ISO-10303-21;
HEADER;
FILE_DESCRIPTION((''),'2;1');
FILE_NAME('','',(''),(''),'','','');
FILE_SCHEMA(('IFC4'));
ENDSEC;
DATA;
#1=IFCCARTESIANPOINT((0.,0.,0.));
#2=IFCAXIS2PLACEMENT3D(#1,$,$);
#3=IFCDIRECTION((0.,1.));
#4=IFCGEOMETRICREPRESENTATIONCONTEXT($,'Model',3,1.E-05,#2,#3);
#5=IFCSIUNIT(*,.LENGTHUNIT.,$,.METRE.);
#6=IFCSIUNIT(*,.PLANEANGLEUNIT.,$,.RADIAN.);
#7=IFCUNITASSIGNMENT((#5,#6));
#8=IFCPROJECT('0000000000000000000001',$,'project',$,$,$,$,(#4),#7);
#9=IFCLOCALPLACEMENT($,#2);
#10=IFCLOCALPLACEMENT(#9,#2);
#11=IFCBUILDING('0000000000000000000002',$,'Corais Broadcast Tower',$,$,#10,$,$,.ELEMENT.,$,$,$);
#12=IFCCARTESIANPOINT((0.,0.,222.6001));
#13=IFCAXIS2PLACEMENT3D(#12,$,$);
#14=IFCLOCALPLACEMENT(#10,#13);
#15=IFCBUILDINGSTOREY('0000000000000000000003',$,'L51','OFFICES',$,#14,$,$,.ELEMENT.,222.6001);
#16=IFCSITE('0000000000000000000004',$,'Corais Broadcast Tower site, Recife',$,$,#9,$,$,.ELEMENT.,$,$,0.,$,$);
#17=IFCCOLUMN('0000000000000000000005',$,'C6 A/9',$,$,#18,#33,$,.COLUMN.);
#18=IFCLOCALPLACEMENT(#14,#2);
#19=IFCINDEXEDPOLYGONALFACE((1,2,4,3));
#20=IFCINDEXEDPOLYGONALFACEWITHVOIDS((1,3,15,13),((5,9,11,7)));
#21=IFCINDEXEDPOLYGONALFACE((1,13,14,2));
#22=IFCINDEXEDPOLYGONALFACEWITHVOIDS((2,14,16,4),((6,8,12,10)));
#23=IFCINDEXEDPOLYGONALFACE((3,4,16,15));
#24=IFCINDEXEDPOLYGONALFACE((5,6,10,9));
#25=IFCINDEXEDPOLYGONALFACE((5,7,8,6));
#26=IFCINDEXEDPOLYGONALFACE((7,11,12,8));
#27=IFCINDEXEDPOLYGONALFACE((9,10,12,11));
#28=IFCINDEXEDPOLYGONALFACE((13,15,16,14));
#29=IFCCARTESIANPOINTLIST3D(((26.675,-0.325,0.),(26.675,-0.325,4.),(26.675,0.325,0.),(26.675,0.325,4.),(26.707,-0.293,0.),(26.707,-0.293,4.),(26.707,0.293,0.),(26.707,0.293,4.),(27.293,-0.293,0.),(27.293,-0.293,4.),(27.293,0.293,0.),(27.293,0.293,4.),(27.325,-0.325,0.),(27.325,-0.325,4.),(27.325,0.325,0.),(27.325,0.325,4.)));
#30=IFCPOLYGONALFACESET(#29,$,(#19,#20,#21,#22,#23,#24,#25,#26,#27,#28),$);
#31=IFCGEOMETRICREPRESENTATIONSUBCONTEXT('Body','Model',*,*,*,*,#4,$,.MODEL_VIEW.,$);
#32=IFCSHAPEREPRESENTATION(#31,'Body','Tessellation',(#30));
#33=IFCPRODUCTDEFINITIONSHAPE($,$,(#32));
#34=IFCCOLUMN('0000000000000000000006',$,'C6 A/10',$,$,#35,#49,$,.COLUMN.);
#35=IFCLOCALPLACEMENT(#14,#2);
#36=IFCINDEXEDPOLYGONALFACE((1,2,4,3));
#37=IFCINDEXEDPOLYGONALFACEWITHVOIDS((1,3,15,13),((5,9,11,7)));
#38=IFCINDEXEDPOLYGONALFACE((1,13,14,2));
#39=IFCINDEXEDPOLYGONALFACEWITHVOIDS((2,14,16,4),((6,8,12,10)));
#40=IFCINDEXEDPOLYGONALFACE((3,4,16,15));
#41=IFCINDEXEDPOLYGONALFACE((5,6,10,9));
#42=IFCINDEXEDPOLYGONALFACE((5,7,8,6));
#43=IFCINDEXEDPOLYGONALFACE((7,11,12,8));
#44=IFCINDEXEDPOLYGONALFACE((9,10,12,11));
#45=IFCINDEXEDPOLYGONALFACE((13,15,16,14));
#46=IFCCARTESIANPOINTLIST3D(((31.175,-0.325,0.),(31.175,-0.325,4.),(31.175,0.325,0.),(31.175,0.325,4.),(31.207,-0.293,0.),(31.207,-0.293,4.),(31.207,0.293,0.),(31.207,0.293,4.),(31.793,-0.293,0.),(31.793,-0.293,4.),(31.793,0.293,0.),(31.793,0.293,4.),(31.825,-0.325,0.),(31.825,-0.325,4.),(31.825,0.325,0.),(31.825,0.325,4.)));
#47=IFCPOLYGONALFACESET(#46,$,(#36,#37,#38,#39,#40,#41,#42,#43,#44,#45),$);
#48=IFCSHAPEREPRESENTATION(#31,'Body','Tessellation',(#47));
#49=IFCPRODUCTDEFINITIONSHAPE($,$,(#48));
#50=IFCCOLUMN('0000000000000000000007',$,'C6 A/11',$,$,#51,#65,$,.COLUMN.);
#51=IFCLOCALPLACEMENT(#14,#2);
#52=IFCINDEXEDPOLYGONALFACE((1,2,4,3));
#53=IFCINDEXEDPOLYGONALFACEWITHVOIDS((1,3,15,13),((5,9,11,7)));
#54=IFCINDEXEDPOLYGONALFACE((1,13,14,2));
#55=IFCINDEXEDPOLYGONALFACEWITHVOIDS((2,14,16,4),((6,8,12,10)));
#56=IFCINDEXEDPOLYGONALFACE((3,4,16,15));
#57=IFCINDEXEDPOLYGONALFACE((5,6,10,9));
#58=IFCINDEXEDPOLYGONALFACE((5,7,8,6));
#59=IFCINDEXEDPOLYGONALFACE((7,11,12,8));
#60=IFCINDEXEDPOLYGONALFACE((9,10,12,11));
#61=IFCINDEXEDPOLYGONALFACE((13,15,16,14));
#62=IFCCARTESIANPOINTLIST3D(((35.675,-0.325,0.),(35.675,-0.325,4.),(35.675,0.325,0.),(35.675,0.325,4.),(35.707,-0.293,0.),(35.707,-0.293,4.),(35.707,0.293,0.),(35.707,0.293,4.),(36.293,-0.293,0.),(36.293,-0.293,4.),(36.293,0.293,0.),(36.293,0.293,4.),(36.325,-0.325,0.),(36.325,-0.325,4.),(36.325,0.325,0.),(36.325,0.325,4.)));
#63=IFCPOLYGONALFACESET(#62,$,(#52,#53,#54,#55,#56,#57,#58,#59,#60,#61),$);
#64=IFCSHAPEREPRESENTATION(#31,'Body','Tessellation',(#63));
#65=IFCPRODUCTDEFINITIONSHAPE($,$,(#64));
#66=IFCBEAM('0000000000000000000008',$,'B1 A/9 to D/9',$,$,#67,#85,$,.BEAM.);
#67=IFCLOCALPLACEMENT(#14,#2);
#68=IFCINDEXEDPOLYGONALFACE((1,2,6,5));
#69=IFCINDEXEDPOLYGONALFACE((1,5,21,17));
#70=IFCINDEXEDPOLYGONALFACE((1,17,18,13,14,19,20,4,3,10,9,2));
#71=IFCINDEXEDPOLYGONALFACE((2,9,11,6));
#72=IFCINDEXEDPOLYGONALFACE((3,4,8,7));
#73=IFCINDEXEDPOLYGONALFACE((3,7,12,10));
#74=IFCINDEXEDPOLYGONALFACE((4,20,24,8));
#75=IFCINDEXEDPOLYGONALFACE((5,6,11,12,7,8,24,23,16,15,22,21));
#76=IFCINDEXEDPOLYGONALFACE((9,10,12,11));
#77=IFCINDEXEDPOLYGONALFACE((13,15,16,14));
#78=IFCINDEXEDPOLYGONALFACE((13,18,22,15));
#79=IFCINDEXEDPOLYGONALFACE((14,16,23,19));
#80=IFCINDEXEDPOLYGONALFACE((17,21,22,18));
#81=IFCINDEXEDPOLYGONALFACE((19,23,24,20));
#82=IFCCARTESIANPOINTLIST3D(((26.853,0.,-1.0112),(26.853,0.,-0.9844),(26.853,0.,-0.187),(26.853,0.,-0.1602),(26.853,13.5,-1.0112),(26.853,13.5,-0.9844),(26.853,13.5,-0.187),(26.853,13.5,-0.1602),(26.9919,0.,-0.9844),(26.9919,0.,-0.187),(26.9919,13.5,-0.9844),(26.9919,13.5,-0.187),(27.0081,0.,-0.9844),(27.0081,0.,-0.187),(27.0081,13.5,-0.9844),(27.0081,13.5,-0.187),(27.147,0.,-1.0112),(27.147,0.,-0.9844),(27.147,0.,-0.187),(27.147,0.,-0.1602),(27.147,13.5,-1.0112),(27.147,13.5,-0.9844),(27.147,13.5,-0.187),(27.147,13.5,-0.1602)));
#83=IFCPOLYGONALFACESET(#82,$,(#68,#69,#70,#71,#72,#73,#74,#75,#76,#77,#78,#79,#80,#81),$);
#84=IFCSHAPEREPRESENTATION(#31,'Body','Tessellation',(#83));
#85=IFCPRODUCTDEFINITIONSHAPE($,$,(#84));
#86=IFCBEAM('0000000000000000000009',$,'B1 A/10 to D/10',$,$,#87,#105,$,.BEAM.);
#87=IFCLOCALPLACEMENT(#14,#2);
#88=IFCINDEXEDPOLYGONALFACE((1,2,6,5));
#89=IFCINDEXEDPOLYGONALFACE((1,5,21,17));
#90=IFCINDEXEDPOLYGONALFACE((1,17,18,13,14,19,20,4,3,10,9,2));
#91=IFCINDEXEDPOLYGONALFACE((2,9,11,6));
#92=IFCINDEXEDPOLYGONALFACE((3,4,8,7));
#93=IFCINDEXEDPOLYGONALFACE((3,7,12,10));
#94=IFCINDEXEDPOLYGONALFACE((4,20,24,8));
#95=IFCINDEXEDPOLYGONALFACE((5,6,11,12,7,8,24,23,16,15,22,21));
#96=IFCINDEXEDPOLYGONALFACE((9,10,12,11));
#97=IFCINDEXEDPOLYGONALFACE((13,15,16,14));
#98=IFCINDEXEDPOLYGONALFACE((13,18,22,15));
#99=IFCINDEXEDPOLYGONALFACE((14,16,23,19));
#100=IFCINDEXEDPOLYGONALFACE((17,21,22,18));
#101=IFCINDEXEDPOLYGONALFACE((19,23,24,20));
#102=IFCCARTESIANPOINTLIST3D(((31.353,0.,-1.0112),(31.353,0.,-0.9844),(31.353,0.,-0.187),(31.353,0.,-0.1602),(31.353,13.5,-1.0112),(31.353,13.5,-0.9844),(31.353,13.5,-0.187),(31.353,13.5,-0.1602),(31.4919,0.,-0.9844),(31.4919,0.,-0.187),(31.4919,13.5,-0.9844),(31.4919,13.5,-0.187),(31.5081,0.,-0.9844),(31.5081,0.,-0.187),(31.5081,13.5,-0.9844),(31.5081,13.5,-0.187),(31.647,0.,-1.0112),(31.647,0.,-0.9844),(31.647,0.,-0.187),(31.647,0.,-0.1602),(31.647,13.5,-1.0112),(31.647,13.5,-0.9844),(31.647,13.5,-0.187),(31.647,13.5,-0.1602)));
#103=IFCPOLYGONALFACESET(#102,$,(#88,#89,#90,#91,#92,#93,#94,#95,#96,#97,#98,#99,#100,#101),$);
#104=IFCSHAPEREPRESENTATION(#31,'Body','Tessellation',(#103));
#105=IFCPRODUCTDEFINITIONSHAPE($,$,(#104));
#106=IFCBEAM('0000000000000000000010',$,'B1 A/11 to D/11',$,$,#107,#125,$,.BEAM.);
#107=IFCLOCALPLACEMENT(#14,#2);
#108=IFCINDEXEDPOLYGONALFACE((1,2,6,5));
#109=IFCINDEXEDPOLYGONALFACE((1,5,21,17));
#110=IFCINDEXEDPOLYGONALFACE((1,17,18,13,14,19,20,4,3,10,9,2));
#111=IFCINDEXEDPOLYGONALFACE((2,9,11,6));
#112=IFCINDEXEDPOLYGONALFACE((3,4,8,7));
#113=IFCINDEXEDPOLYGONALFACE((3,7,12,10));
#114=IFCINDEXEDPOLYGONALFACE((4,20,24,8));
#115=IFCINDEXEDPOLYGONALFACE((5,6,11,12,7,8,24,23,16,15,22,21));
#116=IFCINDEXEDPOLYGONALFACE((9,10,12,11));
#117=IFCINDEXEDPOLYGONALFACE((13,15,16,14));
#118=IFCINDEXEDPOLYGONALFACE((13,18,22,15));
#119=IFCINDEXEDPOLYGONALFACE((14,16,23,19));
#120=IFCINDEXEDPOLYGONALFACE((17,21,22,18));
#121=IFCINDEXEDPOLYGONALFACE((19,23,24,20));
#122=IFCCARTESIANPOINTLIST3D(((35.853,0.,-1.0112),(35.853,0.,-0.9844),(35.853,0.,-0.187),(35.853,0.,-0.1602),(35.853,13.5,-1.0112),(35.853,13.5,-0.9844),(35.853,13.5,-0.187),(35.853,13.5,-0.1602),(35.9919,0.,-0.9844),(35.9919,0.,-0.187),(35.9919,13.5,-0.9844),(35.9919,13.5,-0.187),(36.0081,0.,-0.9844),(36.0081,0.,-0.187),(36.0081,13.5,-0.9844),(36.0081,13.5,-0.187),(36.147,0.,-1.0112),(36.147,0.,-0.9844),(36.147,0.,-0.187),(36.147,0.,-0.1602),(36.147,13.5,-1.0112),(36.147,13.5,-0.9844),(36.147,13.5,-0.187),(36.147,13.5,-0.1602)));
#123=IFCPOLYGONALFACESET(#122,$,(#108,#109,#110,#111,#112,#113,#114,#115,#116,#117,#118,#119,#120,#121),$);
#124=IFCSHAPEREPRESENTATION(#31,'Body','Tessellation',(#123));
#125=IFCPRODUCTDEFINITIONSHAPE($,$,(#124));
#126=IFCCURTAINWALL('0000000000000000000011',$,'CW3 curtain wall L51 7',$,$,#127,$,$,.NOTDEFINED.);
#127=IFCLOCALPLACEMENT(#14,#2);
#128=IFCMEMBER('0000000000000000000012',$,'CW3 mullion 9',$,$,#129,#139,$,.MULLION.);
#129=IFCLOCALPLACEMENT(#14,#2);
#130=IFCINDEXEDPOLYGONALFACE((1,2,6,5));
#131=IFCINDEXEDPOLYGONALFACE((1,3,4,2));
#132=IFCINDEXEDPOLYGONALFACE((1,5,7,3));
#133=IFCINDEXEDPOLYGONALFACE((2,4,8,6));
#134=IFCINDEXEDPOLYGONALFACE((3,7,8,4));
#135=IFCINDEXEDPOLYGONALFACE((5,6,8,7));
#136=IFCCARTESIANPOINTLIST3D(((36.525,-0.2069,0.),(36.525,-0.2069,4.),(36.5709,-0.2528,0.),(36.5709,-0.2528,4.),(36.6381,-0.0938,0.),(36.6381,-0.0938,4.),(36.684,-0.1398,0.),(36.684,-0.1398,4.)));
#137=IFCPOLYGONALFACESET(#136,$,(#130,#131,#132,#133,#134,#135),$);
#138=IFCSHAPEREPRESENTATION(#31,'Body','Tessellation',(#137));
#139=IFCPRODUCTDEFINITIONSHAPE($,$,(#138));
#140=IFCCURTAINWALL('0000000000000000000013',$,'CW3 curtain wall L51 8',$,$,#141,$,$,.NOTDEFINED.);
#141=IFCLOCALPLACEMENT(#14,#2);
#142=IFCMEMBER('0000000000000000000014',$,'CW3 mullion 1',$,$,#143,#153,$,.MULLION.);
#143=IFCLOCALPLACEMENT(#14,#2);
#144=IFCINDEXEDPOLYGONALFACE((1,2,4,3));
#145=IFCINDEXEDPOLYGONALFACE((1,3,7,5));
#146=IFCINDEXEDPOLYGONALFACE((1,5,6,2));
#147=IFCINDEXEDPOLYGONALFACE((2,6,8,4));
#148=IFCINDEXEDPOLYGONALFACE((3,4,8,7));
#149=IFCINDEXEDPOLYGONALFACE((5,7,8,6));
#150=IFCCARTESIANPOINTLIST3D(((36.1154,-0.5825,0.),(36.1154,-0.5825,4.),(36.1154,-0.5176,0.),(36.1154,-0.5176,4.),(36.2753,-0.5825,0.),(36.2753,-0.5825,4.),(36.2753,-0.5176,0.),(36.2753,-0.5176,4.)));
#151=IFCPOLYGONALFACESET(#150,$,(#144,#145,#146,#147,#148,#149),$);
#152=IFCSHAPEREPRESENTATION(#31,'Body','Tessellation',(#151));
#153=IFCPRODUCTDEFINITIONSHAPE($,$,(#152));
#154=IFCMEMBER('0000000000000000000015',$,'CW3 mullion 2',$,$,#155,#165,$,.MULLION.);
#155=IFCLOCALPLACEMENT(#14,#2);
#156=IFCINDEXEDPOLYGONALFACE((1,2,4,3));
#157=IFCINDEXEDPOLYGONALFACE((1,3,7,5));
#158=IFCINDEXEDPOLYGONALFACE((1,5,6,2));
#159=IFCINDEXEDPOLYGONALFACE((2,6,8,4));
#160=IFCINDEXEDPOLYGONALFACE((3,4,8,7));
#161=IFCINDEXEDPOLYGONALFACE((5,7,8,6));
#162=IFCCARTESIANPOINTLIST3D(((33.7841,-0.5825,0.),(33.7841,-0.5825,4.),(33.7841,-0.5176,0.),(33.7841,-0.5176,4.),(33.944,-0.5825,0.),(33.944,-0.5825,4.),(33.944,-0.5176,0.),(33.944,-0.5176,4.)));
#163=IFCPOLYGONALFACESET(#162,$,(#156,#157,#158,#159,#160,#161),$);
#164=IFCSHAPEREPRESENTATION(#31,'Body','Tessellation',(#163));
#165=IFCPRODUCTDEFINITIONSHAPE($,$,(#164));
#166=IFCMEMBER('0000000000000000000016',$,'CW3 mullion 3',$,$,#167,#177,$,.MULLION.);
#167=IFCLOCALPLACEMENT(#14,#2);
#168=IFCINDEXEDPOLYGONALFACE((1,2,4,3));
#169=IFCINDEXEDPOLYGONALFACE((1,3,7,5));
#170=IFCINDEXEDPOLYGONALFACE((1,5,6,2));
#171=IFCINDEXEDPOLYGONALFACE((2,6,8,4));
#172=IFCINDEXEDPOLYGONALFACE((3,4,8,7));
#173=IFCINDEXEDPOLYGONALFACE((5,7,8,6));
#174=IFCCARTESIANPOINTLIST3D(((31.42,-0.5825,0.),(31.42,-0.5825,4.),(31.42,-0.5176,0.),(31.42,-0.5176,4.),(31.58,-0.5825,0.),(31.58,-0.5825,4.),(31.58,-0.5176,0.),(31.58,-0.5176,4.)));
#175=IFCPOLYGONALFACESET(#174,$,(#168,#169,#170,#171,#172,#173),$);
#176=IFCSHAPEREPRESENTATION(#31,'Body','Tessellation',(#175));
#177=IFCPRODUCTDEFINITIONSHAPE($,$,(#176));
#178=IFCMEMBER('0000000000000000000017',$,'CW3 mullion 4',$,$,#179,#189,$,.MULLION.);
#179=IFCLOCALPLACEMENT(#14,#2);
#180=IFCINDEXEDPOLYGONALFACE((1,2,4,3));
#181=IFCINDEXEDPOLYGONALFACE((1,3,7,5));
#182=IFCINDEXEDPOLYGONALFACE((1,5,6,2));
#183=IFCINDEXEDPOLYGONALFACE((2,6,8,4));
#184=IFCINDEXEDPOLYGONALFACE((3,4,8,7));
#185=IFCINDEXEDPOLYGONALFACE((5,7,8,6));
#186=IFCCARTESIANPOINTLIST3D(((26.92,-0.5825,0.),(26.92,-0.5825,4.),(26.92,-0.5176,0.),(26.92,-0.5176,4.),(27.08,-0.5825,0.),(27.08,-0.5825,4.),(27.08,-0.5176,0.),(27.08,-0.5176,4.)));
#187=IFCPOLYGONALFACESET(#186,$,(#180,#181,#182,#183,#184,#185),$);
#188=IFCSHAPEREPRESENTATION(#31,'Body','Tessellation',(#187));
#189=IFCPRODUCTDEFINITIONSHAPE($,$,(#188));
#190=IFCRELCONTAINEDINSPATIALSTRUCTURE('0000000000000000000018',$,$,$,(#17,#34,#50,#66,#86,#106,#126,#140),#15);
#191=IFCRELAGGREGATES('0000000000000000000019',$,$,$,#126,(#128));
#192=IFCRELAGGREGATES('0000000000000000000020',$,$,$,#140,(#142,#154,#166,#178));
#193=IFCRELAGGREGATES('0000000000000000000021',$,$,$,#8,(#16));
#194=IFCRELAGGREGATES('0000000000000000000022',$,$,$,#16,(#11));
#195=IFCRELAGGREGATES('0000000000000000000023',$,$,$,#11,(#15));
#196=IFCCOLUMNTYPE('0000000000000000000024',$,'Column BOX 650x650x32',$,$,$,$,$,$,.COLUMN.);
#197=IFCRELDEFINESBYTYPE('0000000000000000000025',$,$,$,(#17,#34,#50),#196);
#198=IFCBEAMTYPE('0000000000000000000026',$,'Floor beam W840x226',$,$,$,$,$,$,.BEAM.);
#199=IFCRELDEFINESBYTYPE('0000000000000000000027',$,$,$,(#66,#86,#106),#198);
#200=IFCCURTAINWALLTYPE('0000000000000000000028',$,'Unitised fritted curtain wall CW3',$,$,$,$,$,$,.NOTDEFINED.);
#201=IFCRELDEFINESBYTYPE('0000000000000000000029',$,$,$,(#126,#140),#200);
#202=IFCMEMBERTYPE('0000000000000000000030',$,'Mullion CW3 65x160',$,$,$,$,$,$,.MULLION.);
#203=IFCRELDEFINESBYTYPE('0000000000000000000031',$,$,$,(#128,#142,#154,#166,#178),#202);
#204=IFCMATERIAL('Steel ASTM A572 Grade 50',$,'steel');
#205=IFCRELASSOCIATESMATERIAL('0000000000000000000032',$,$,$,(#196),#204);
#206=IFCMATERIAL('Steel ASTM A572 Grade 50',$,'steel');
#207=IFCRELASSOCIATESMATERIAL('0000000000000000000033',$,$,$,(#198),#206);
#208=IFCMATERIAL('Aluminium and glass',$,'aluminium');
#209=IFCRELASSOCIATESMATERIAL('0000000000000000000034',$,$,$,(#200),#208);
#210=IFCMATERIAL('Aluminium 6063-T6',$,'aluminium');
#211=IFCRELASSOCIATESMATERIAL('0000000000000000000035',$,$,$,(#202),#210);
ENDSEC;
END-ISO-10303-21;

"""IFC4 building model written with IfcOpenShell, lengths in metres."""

from ifc_helpers import new_model, si_unit, direction, frame, origin, origin_2d, place, context, subcontext, project, spatial, rectangle, hollow_rectangle, i_section, extrude, material, material_profile, profile_set, type_object, element, aggregate, save


model = new_model("IFC4")

# Units and contexts
model_context = context("Model", 3, precision=1e-05, world=origin(), true_north=direction((0.0, 1.0)))
body_context = subcontext(model_context, "Body", "Model", "MODEL_VIEW")
ifc_project = project(units=[si_unit("LENGTHUNIT", "METRE"), si_unit("PLANEANGLEUNIT", "RADIAN")], contexts=[model_context])

# Site, building, storey
site_placement = place(None, origin())
site = spatial("IfcSite", under=ifc_project, at=site_placement, Name="Corais Broadcast Tower site, Recife", CompositionType="ELEMENT", RefElevation=0.0)
building_placement = place(site_placement, origin())
building = spatial("IfcBuilding", under=site, at=building_placement, Name="Corais Broadcast Tower", CompositionType="ELEMENT")
storey_placement = place(building_placement, frame((0.0, 0.0, 222.6001)))
storey = spatial("IfcBuildingStorey", under=building, at=storey_placement, Name="L51", Description="OFFICES", CompositionType="ELEMENT", Elevation=222.6001)

# Columns
ifc_material_1 = material(Name="Steel ASTM A572 Grade 50", Category="steel")
ifc_material_profile_1 = material_profile(ifc_material_1, hollow_rectangle(XDim=0.6499, YDim=0.6499, WallThickness=0.032, at=origin_2d()), Name="BOX 650x650x32")
ifc_profile_set_1 = profile_set([ifc_material_profile_1], Name="Steel ASTM A572 Grade 50")
column_type = type_object("IfcColumnType", Name="Column BOX 650x650x32", PredefinedType="COLUMN", material=ifc_profile_set_1)
for number, where, z_axis, x_axis, name in (
    (1, (27.0, 0.0, 0.0), (0.0, 0.0, 1.0), (1.0, 0.0, 0.0), "C6 A/9"),
    (2, (31.5, 0.0, 0.0), (0.0, 0.0, 1.0), (1.0, 0.0, 0.0), "C6 A/10"),
    (3, (36.0, 0.0, 0.0), (0.0, 0.0, 1.0), (1.0, 0.0, 0.0), "C6 A/11"),
):
    element("IfcColumn", number, at=place(storey_placement, frame(where, z_axis=z_axis, x_axis=x_axis)), inside=storey, type_object=column_type, Name=name, PredefinedType="COLUMN", context=body_context, shape_type="SweptSolid", body=[
        extrude(hollow_rectangle(XDim=0.6499, YDim=0.6499, WallThickness=0.032, at=origin_2d()), origin(), (0.0, 0.0, 1.0), 4.0),
    ])

# Beams
ifc_material_2 = material(Name="Steel ASTM A572 Grade 50", Category="steel")
ifc_material_profile_2 = material_profile(ifc_material_2, i_section(OverallWidth=0.2939, OverallDepth=0.8511, WebThickness=0.0161, FlangeThickness=0.0269, at=origin_2d()), Name="W840x226")
ifc_profile_set_2 = profile_set([ifc_material_profile_2], Name="Steel ASTM A572 Grade 50")
beam_type_1 = type_object("IfcBeamType", Name="Floor beam W840x226", PredefinedType="BEAM", material=ifc_profile_set_2)
for number, where, z_axis, x_axis, name in (
    (4, (27.0, 0.0, -0.5857), (0.0, 1.0, 0.0), (-1.0, 0.0, 0.0), "B1 A/9 to D/9"),
    (5, (31.5, 0.0, -0.5857), (0.0, 1.0, 0.0), (-1.0, 0.0, 0.0), "B1 A/10 to D/10"),
    (6, (36.0, 0.0, -0.5857), (0.0, 1.0, 0.0), (-1.0, 0.0, 0.0), "B1 A/11 to D/11"),
):
    element("IfcBeam", number, at=place(storey_placement, frame(where, z_axis=z_axis, x_axis=x_axis)), inside=storey, type_object=beam_type_1, Name=name, PredefinedType="BEAM", context=body_context, shape_type="SweptSolid", body=[
        extrude(i_section(OverallWidth=0.2939, OverallDepth=0.8511, WebThickness=0.0161, FlangeThickness=0.0269, at=origin_2d()), origin(), (0.0, 0.0, 1.0), 13.5),
    ])

# Curtain wall, member
ifc_material_3 = material(Name="Aluminium and glass", Category="aluminium")
curtain_wall_type = type_object("IfcCurtainWallType", Name="Unitised fritted curtain wall CW3", PredefinedType="NOTDEFINED", material=ifc_material_3)
curtain_wall_1_placement = place(storey_placement, origin())
curtain_wall_1 = element("IfcCurtainWall", 7, at=curtain_wall_1_placement, inside=storey, type_object=curtain_wall_type, Name="CW3 curtain wall L51 7", PredefinedType="NOTDEFINED")
ifc_material_4 = material(Name="Aluminium 6063-T6", Category="aluminium")
ifc_material_profile_3 = material_profile(ifc_material_4, rectangle(XDim=0.0649, YDim=0.1599, at=origin_2d()), Name="Mullion CW3 65x160")
ifc_profile_set_3 = profile_set([ifc_material_profile_3], Name="Aluminium 6063-T6")
member_type_1 = type_object("IfcMemberType", Name="Mullion CW3 65x160", PredefinedType="MULLION", material=ifc_profile_set_3)
member_1_placement = place(storey_placement, frame((36.6045, -0.1733, 0.0), z_axis=(0.0, 0.0, 1.0), x_axis=(0.707107, -0.707107, 0.0)))
member_1 = element("IfcMember", 8, at=member_1_placement, type_object=member_type_1, Name="CW3 mullion 9", PredefinedType="MULLION", context=body_context, shape_type="SweptSolid", body=[
    extrude(rectangle(XDim=0.0649, YDim=0.1599, at=origin_2d()), origin(), (0.0, 0.0, 1.0), 4.0),
])
aggregate(curtain_wall_1, [member_1])

# Curtain wall, members
curtain_wall_2_placement = place(storey_placement, origin())
curtain_wall_2 = element("IfcCurtainWall", 9, at=curtain_wall_2_placement, inside=storey, type_object=curtain_wall_type, Name="CW3 curtain wall L51 8", PredefinedType="NOTDEFINED")
member_2_placement = place(storey_placement, frame((36.1953, -0.55, 0.0), z_axis=(0.0, 0.0, 1.0), x_axis=(0.0, -1.0, 0.0)))
member_2 = element("IfcMember", 10, at=member_2_placement, type_object=member_type_1, Name="CW3 mullion 1", PredefinedType="MULLION", context=body_context, shape_type="SweptSolid", body=[
    extrude(rectangle(XDim=0.0649, YDim=0.1599, at=origin_2d()), origin(), (0.0, 0.0, 1.0), 4.0),
])
member_3_placement = place(storey_placement, frame((33.864, -0.55, 0.0), z_axis=(0.0, 0.0, 1.0), x_axis=(0.0, -1.0, 0.0)))
member_3 = element("IfcMember", 11, at=member_3_placement, type_object=member_type_1, Name="CW3 mullion 2", PredefinedType="MULLION", context=body_context, shape_type="SweptSolid", body=[
    extrude(rectangle(XDim=0.0649, YDim=0.1599, at=origin_2d()), origin(), (0.0, 0.0, 1.0), 4.0),
])
member_4_placement = place(storey_placement, frame((31.5, -0.55, 0.0), z_axis=(0.0, 0.0, 1.0), x_axis=(0.0, -1.0, 0.0)))
member_4 = element("IfcMember", 12, at=member_4_placement, type_object=member_type_1, Name="CW3 mullion 3", PredefinedType="MULLION", context=body_context, shape_type="SweptSolid", body=[
    extrude(rectangle(XDim=0.0649, YDim=0.1599, at=origin_2d()), origin(), (0.0, 0.0, 1.0), 4.0),
])
member_5_placement = place(storey_placement, frame((27.0, -0.55, 0.0), z_axis=(0.0, 0.0, 1.0), x_axis=(0.0, -1.0, 0.0)))
member_5 = element("IfcMember", 13, at=member_5_placement, type_object=member_type_1, Name="CW3 mullion 4", PredefinedType="MULLION", context=body_context, shape_type="SweptSolid", body=[
    extrude(rectangle(XDim=0.0649, YDim=0.1599, at=origin_2d()), origin(), (0.0, 0.0, 1.0), 4.0),
])

aggregate(curtain_wall_2, [member_2, member_3, member_4, member_5])

save(model, "model.ifc")
